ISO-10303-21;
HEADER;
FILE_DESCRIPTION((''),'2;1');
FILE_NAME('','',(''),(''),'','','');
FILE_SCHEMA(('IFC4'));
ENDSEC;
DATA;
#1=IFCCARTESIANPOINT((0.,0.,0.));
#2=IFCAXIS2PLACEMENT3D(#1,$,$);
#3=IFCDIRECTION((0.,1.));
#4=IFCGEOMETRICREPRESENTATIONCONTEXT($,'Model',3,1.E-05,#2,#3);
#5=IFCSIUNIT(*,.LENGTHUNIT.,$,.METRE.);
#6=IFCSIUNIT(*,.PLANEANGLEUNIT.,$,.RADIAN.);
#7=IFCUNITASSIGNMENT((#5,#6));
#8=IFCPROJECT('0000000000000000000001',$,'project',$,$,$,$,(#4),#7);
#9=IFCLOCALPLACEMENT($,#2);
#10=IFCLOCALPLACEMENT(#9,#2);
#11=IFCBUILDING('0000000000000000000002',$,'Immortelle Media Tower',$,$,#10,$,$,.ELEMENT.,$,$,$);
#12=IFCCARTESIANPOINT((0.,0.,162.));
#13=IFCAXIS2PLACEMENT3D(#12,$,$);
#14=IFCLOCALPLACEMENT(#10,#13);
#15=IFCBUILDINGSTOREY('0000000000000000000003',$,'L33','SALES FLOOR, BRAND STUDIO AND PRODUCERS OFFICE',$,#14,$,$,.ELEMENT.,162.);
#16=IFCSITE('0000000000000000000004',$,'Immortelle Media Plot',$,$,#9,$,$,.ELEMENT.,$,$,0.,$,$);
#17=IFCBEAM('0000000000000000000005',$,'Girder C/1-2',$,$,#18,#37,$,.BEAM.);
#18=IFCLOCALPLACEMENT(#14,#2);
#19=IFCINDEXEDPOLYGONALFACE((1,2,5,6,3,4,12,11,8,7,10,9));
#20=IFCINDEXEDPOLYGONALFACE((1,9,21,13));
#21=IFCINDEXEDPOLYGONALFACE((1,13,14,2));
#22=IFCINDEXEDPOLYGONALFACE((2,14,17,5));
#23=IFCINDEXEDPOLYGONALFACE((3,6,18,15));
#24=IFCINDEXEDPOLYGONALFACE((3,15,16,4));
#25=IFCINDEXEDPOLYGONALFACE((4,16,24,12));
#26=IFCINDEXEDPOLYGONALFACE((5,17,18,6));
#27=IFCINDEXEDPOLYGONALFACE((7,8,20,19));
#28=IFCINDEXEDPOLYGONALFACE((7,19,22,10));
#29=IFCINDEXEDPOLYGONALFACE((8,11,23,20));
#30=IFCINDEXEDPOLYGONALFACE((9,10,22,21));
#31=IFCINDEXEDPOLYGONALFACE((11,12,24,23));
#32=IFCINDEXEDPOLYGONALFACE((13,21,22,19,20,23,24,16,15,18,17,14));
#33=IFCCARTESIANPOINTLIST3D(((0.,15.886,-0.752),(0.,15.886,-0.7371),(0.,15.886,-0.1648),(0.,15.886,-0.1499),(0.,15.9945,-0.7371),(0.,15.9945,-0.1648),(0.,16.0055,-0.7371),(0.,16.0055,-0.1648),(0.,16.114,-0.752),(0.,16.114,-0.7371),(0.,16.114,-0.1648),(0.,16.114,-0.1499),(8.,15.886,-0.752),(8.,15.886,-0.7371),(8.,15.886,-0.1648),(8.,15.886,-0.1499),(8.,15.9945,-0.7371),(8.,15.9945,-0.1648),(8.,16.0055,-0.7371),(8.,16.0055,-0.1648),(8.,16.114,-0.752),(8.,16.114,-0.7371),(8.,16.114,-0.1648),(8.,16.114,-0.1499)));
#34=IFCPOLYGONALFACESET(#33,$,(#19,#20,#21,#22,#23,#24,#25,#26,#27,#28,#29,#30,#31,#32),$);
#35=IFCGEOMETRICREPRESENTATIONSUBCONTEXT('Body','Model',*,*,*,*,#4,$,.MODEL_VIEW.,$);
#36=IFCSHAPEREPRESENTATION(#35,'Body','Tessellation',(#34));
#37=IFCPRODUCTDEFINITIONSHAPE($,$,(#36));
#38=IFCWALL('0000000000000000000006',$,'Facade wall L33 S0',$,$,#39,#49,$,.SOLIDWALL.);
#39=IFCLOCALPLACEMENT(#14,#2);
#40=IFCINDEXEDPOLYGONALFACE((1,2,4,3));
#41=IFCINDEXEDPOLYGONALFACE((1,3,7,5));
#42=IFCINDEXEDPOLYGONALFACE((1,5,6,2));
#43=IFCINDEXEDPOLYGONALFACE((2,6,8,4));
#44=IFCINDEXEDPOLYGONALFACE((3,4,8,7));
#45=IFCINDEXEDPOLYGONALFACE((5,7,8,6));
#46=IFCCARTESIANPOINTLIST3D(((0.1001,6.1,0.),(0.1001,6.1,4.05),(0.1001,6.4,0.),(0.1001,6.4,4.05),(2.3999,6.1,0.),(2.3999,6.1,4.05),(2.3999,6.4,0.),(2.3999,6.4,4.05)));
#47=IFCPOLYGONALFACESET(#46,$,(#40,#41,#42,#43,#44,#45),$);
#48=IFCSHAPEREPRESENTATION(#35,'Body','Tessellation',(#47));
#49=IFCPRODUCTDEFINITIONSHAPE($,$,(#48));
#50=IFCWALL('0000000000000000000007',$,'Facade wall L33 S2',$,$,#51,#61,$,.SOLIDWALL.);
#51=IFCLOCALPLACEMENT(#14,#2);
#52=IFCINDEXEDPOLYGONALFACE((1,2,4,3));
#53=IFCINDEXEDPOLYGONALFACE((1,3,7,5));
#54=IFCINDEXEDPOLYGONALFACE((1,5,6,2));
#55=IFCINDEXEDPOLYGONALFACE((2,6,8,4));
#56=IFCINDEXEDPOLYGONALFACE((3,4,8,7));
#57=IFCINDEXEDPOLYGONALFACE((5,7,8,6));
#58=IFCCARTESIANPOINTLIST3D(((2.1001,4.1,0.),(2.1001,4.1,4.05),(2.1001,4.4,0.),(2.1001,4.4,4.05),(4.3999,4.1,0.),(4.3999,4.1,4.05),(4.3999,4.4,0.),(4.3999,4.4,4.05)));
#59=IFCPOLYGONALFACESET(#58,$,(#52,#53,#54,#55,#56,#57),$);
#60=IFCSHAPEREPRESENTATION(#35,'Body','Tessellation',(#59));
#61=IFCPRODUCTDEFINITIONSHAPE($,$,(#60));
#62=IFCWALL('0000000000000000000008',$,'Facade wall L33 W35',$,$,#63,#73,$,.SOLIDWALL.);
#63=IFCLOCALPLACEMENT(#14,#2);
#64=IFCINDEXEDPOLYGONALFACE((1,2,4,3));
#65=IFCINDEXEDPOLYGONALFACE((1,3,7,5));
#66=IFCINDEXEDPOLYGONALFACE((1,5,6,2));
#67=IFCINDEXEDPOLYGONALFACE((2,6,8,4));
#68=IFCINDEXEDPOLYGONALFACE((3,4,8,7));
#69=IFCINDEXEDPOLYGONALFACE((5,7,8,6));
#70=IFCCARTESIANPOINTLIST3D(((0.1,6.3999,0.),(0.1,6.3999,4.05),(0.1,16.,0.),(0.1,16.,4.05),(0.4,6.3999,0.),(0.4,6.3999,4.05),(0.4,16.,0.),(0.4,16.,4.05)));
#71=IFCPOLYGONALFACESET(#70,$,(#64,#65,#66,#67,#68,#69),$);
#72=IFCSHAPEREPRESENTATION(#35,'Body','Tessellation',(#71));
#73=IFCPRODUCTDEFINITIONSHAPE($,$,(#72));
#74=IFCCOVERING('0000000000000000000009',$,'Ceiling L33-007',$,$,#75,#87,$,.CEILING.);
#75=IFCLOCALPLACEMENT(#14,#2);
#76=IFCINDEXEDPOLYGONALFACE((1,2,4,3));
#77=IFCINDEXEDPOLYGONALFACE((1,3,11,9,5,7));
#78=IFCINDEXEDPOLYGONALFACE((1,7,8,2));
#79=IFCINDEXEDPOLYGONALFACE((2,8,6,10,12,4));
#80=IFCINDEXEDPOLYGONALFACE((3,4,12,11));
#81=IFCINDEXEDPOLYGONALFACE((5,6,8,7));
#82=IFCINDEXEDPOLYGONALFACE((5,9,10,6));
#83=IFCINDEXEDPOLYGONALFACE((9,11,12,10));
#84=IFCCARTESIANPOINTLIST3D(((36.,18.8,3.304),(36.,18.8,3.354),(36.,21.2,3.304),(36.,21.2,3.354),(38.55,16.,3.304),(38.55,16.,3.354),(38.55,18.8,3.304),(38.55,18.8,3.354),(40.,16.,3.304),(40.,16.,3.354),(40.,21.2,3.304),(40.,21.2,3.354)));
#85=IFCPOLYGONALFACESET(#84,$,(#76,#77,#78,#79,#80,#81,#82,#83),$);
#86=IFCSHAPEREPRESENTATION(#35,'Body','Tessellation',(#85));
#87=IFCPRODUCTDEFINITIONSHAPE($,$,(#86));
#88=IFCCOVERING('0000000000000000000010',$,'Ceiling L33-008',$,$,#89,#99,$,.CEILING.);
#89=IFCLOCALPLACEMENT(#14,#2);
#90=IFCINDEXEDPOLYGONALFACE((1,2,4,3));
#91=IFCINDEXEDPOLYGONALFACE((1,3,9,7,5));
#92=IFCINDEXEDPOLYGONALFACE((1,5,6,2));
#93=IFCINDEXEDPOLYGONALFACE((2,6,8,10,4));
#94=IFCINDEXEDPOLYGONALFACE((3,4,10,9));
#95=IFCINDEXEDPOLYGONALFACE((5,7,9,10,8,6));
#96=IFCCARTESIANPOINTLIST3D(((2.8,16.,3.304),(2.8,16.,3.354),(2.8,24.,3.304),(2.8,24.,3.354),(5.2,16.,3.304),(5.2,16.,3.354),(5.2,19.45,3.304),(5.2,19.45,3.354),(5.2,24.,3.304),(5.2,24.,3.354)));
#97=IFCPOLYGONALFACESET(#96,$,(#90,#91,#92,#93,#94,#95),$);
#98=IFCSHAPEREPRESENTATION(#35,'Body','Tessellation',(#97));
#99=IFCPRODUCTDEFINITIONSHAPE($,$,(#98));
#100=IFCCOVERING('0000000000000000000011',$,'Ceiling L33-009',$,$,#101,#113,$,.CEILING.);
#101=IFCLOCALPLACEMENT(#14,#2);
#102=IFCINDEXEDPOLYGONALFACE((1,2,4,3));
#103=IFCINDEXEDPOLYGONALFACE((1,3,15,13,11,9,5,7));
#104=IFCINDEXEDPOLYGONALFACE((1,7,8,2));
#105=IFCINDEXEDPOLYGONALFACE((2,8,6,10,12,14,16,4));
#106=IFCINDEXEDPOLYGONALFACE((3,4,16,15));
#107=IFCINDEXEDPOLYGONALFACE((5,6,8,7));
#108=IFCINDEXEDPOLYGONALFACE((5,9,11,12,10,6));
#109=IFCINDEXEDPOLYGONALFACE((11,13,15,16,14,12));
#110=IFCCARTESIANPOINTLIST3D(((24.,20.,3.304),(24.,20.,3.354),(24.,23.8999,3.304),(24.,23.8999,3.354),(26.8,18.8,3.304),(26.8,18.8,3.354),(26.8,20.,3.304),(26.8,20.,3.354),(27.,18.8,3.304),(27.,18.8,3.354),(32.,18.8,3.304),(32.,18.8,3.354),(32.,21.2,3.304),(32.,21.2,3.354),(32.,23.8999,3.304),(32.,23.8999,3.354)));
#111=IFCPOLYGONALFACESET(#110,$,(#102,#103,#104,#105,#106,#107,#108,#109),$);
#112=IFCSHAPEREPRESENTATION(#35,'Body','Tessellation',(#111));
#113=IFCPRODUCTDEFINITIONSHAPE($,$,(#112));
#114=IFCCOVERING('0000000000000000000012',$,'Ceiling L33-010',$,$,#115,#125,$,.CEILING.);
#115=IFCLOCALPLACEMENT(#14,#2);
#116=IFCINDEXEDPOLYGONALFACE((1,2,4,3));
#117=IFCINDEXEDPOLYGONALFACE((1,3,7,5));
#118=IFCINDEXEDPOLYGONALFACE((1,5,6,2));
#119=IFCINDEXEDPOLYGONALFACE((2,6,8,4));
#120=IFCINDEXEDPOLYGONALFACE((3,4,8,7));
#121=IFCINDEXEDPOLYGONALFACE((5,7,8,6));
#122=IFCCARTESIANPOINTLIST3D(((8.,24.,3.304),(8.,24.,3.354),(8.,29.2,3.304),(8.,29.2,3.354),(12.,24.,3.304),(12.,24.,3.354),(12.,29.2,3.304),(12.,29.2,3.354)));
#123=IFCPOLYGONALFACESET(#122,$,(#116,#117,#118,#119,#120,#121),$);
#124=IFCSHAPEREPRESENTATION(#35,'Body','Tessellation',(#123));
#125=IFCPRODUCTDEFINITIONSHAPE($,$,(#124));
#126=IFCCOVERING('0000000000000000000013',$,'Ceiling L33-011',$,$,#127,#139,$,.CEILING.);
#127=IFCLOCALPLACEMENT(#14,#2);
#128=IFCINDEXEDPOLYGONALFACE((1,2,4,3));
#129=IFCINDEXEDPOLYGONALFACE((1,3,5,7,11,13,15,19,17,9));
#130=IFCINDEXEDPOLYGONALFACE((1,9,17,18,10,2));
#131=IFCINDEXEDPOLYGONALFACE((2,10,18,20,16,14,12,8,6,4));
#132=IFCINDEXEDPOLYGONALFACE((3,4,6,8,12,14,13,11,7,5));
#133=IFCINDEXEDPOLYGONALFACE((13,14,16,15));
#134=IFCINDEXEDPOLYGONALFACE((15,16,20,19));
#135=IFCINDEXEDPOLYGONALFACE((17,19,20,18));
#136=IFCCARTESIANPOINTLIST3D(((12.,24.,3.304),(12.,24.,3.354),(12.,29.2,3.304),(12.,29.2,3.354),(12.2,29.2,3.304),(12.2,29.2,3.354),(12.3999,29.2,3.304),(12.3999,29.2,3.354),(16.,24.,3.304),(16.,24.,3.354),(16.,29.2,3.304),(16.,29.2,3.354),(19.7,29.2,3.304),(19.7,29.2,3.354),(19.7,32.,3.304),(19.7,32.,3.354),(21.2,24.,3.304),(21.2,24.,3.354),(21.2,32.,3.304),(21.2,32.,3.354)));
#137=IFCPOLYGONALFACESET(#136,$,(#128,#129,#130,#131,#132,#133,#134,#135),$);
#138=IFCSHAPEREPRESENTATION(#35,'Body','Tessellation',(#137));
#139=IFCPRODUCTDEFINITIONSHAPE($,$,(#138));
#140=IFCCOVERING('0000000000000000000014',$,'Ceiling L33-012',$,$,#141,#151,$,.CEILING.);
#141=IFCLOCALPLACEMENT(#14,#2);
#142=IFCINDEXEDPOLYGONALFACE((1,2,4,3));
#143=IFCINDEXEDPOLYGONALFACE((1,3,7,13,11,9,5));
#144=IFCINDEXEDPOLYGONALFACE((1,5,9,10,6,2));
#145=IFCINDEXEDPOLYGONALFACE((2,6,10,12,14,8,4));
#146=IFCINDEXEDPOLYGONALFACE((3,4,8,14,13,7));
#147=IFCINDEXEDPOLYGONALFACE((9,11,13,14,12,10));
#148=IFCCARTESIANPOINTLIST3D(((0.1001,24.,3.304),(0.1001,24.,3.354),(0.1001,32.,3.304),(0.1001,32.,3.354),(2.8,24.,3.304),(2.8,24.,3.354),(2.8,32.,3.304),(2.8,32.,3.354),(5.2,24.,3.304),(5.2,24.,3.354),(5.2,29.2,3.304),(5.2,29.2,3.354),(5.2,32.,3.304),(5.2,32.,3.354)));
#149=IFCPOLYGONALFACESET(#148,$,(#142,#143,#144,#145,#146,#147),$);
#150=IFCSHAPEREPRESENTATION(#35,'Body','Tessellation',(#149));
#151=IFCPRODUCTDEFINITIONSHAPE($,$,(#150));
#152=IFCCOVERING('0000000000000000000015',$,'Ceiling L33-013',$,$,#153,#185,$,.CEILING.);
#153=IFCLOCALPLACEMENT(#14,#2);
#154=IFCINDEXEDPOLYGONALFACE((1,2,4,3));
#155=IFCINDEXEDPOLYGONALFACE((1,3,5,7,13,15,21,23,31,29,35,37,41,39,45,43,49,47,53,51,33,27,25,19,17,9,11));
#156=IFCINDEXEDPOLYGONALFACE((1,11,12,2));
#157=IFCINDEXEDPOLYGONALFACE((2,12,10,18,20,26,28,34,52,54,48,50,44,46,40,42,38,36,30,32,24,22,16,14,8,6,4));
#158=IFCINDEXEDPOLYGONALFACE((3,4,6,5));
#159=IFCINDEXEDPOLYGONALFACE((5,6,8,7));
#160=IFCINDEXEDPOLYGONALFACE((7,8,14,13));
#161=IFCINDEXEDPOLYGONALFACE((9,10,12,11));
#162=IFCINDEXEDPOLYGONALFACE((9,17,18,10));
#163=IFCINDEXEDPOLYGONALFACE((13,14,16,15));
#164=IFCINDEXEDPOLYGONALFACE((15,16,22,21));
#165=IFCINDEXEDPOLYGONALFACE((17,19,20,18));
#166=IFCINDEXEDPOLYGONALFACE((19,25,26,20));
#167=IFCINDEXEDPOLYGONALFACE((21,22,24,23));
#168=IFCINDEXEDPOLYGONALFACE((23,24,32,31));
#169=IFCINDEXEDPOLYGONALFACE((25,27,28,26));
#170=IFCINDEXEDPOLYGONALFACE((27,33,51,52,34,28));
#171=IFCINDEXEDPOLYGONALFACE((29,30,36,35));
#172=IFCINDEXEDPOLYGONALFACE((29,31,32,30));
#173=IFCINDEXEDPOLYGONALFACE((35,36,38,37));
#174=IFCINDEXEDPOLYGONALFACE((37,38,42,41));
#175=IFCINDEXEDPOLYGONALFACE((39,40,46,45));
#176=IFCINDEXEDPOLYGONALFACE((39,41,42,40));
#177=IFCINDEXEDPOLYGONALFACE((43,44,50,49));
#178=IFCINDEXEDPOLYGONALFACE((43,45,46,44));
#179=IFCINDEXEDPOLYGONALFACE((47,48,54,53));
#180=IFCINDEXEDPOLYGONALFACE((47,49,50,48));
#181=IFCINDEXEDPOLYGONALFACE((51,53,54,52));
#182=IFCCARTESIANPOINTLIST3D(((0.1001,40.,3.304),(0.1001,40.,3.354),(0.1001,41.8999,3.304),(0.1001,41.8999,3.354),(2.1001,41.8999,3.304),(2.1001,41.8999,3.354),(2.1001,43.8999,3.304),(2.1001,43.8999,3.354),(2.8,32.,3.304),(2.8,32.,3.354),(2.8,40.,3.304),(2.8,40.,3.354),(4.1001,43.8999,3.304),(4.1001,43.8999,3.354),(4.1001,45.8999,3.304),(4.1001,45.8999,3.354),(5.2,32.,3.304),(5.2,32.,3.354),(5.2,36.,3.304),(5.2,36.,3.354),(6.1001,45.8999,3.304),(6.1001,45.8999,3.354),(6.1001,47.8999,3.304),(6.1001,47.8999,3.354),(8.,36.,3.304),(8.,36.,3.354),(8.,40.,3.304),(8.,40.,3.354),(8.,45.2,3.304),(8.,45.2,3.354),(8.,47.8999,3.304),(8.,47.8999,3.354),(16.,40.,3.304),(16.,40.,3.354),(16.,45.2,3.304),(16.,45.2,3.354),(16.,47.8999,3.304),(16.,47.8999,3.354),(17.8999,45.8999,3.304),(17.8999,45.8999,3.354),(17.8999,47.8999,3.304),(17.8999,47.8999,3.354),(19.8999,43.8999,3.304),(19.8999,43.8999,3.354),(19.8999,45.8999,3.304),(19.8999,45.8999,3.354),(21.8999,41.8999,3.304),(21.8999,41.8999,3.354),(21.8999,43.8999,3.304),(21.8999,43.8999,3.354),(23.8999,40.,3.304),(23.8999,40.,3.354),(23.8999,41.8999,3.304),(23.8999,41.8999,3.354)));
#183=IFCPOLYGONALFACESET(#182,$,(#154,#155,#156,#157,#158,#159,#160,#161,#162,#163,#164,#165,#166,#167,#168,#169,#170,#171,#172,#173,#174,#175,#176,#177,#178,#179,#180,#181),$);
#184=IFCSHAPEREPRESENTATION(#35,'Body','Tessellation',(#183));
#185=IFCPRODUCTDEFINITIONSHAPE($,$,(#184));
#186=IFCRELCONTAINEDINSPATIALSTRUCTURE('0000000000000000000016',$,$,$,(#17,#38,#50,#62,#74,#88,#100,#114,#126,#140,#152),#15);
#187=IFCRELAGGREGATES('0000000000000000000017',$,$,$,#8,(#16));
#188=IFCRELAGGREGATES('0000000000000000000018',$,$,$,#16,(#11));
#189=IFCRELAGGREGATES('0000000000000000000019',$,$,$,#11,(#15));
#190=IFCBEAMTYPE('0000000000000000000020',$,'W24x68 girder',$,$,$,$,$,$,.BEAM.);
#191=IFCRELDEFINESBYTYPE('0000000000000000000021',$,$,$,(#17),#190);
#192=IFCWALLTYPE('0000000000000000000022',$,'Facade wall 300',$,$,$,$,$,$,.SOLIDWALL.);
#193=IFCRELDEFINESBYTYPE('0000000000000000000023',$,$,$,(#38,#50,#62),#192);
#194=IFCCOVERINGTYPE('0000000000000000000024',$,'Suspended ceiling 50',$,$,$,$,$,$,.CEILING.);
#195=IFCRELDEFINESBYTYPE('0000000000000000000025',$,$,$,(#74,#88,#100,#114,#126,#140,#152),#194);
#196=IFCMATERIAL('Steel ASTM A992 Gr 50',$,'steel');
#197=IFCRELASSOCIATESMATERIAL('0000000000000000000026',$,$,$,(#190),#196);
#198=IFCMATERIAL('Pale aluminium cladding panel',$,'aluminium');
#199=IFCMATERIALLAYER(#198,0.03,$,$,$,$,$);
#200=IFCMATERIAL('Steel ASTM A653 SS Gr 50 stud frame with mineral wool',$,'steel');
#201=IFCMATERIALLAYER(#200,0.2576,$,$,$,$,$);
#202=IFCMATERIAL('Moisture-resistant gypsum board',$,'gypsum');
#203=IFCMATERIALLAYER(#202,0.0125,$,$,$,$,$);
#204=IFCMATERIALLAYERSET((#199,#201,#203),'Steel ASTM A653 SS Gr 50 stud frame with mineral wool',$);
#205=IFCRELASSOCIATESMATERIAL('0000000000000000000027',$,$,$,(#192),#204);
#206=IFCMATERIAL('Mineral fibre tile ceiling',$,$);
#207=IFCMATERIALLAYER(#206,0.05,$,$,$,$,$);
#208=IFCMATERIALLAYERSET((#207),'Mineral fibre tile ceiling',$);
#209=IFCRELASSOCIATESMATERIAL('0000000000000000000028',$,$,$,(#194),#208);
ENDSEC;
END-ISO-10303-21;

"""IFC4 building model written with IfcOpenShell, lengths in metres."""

from ifc_helpers import new_model, si_unit, direction, frame, frame_2d, origin, origin_2d, place, context, subcontext, project, spatial, polyline, rectangle, i_section, outline, extrude, material, layer, layer_set, material_profile, profile_set, type_object, element, save


model = new_model("IFC4")

# Units and contexts
model_context = context("Model", 3, precision=1e-05, world=origin(), true_north=direction((0.0, 1.0)))
body_context = subcontext(model_context, "Body", "Model", "MODEL_VIEW")
ifc_project = project(units=[si_unit("LENGTHUNIT", "METRE"), si_unit("PLANEANGLEUNIT", "RADIAN")], contexts=[model_context])

# Site, building, storey
site_placement = place(None, origin())
site = spatial("IfcSite", under=ifc_project, at=site_placement, Name="Immortelle Media Plot", CompositionType="ELEMENT", RefElevation=0.0)
building_placement = place(site_placement, origin())
building = spatial("IfcBuilding", under=site, at=building_placement, Name="Immortelle Media Tower", CompositionType="ELEMENT")
storey_placement = place(building_placement, frame((0.0, 0.0, 162.0)))
storey = spatial("IfcBuildingStorey", under=building, at=storey_placement, Name="L33", Description="SALES FLOOR, BRAND STUDIO AND PRODUCERS OFFICE", CompositionType="ELEMENT", Elevation=162.0)

# Shared definitions
ifc_material_1 = material(Name="Steel ASTM A992 Gr 50", Category="steel")

# Beam
ifc_material_profile_1 = material_profile(ifc_material_1, i_section(OverallWidth=0.228, OverallDepth=0.6021, WebThickness=0.011, FlangeThickness=0.0149, at=origin_2d()), Name="W24x68")
ifc_profile_set_1 = profile_set([ifc_material_profile_1], Name="Steel ASTM A992 Gr 50")
beam_type_1 = type_object("IfcBeamType", Name="W24x68 girder", PredefinedType="BEAM", material=ifc_profile_set_1)
for number, where, z_axis, x_axis, name in (
    (1, (0.0, 16.0, -0.4509), (1.0, 0.0, 0.0), (0.0, 1.0, 0.0), "Girder C/1-2"),
):
    element("IfcBeam", number, at=place(storey_placement, frame(where, z_axis=z_axis, x_axis=x_axis)), inside=storey, type_object=beam_type_1, Name=name, PredefinedType="BEAM", context=body_context, shape_type="SweptSolid", body=[
        extrude(i_section(OverallWidth=0.228, OverallDepth=0.6021, WebThickness=0.011, FlangeThickness=0.0149, at=origin_2d()), origin(), (0.0, 0.0, 1.0), 8.0),
    ])

# Walls
ifc_material_2 = material(Name="Pale aluminium cladding panel", Category="aluminium")
ifc_layer_1 = layer(ifc_material_2, 0.03)
ifc_material_3 = material(Name="Steel ASTM A653 SS Gr 50 stud frame with mineral wool", Category="steel")
ifc_layer_2 = layer(ifc_material_3, 0.2576)
ifc_material_4 = material(Name="Moisture-resistant gypsum board", Category="gypsum")
ifc_layer_3 = layer(ifc_material_4, 0.0125)
ifc_layer_set_1 = layer_set([ifc_layer_1, ifc_layer_2, ifc_layer_3], Name="Steel ASTM A653 SS Gr 50 stud frame with mineral wool")
wall_type = type_object("IfcWallType", Name="Facade wall 300", PredefinedType="SOLIDWALL", material=ifc_layer_set_1)
for number, where, z_axis, x_axis, name in (
    (2, (0.1001, 6.25, 0.0), (0.0, 0.0, 1.0), (1.0, 0.0, 0.0), "Facade wall L33 S0"),
    (3, (2.1001, 4.25, 0.0), (0.0, 0.0, 1.0), (1.0, 0.0, 0.0), "Facade wall L33 S2"),
):
    element("IfcWall", number, at=place(storey_placement, frame(where, z_axis=z_axis, x_axis=x_axis)), inside=storey, type_object=wall_type, Name=name, PredefinedType="SOLIDWALL", context=body_context, shape_type="SweptSolid", body=[
        extrude(rectangle(XDim=2.2998, YDim=0.3, at=frame_2d((1.1499, 0.0))), origin(), (0.0, 0.0, 1.0), 4.05),
    ])
wall_placement = place(storey_placement, frame((0.25, 16.0, 0.0), z_axis=(0.0, 0.0, 1.0), x_axis=(0.0, -1.0, 0.0)))
element("IfcWall", 4, at=wall_placement, inside=storey, type_object=wall_type, Name="Facade wall L33 W35", PredefinedType="SOLIDWALL", context=body_context, shape_type="SweptSolid", body=[
    extrude(rectangle(XDim=9.6001, YDim=0.3, at=frame_2d((4.8, 0.0))), origin(), (0.0, 0.0, 1.0), 4.05),
])

# Coverings
ifc_material_5 = material(Name="Mineral fibre tile ceiling")
ifc_layer_4 = layer(ifc_material_5, 0.05)
ifc_layer_set_2 = layer_set([ifc_layer_4], Name="Mineral fibre tile ceiling")
covering_type = type_object("IfcCoveringType", Name="Suspended ceiling 50", PredefinedType="CEILING", material=ifc_layer_set_2)
covering_1_placement = place(storey_placement, frame((0.0, 0.0, 3.304)))
element("IfcCovering", 5, at=covering_1_placement, inside=storey, type_object=covering_type, Name="Ceiling L33-007", PredefinedType="CEILING", context=body_context, shape_type="SweptSolid", body=[
    extrude(outline(polyline([(38.55, 18.8), (36.0, 18.8), (36.0, 21.2), (40.0, 21.2), (40.0, 16.0), (38.55, 16.0), (38.55, 18.8)])), origin(), (0.0, 0.0, 1.0), 0.05),
])
covering_2_placement = place(storey_placement, frame((0.0, 0.0, 3.304)))
element("IfcCovering", 6, at=covering_2_placement, inside=storey, type_object=covering_type, Name="Ceiling L33-008", PredefinedType="CEILING", context=body_context, shape_type="SweptSolid", body=[
    extrude(outline(polyline([(5.2, 19.45), (5.2, 16.0), (2.8, 16.0), (2.8, 24.0), (5.2, 24.0), (5.2, 19.45)])), origin(), (0.0, 0.0, 1.0), 0.05),
])
covering_3_placement = place(storey_placement, frame((0.0, 0.0, 3.304)))
element("IfcCovering", 7, at=covering_3_placement, inside=storey, type_object=covering_type, Name="Ceiling L33-009", PredefinedType="CEILING", context=body_context, shape_type="SweptSolid", body=[
    extrude(outline(polyline([(27.0, 18.8), (26.8, 18.8), (26.8, 20.0), (24.0, 20.0), (24.0, 23.8999), (32.0, 23.8999), (32.0, 21.2), (32.0, 18.8), (27.0, 18.8)])), origin(), (0.0, 0.0, 1.0), 0.05),
])
covering_4_placement = place(storey_placement, frame((0.0, 0.0, 3.304)))
element("IfcCovering", 8, at=covering_4_placement, inside=storey, type_object=covering_type, Name="Ceiling L33-010", PredefinedType="CEILING", context=body_context, shape_type="SweptSolid", body=[
    extrude(outline(polyline([(12.0, 29.2), (12.0, 24.0), (8.0, 24.0), (8.0, 29.2), (12.0, 29.2)])), origin(), (0.0, 0.0, 1.0), 0.05),
])
covering_5_placement = place(storey_placement, frame((0.0, 0.0, 3.304)))
element("IfcCovering", 9, at=covering_5_placement, inside=storey, type_object=covering_type, Name="Ceiling L33-011", PredefinedType="CEILING", context=body_context, shape_type="SweptSolid", body=[
    extrude(outline(polyline([(12.2, 29.2), (12.3999, 29.2), (16.0, 29.2), (19.7, 29.2), (19.7, 32.0), (21.2, 32.0), (21.2, 24.0), (16.0, 24.0), (12.0, 24.0), (12.0, 29.2), (12.2, 29.2)])), origin(), (0.0, 0.0, 1.0), 0.05),
])
covering_6_placement = place(storey_placement, frame((0.0, 0.0, 3.304)))
element("IfcCovering", 10, at=covering_6_placement, inside=storey, type_object=covering_type, Name="Ceiling L33-012", PredefinedType="CEILING", context=body_context, shape_type="SweptSolid", body=[
    extrude(outline(polyline([(5.2, 29.2), (5.2, 24.0), (2.8, 24.0), (0.1001, 24.0), (0.1001, 32.0), (2.8, 32.0), (5.2, 32.0), (5.2, 29.2)])), origin(), (0.0, 0.0, 1.0), 0.05),
])
covering_7_placement = place(storey_placement, frame((0.0, 0.0, 3.304)))
element("IfcCovering", 11, at=covering_7_placement, inside=storey, type_object=covering_type, Name="Ceiling L33-013", PredefinedType="CEILING", context=body_context, shape_type="SweptSolid", body=[
    extrude(outline(polyline([(2.8, 40.0), (0.1001, 40.0), (0.1001, 41.8999), (2.1001, 41.8999), (2.1001, 43.8999), (4.1001, 43.8999), (4.1001, 45.8999), (6.1001, 45.8999), (6.1001, 47.8999), (8.0, 47.8999), (8.0, 45.2), (16.0, 45.2), (16.0, 47.8999), (17.8999, 47.8999), (17.8999, 45.8999), (19.8999, 45.8999), (19.8999, 43.8999), (21.8999, 43.8999), (21.8999, 41.8999), (23.8999, 41.8999), (23.8999, 40.0), (16.0, 40.0), (8.0, 40.0), (8.0, 36.0), (5.2, 36.0), (5.2, 32.0), (2.8, 32.0), (2.8, 40.0)])), origin(), (0.0, 0.0, 1.0), 0.05),
])

save(model, "model.ifc")
